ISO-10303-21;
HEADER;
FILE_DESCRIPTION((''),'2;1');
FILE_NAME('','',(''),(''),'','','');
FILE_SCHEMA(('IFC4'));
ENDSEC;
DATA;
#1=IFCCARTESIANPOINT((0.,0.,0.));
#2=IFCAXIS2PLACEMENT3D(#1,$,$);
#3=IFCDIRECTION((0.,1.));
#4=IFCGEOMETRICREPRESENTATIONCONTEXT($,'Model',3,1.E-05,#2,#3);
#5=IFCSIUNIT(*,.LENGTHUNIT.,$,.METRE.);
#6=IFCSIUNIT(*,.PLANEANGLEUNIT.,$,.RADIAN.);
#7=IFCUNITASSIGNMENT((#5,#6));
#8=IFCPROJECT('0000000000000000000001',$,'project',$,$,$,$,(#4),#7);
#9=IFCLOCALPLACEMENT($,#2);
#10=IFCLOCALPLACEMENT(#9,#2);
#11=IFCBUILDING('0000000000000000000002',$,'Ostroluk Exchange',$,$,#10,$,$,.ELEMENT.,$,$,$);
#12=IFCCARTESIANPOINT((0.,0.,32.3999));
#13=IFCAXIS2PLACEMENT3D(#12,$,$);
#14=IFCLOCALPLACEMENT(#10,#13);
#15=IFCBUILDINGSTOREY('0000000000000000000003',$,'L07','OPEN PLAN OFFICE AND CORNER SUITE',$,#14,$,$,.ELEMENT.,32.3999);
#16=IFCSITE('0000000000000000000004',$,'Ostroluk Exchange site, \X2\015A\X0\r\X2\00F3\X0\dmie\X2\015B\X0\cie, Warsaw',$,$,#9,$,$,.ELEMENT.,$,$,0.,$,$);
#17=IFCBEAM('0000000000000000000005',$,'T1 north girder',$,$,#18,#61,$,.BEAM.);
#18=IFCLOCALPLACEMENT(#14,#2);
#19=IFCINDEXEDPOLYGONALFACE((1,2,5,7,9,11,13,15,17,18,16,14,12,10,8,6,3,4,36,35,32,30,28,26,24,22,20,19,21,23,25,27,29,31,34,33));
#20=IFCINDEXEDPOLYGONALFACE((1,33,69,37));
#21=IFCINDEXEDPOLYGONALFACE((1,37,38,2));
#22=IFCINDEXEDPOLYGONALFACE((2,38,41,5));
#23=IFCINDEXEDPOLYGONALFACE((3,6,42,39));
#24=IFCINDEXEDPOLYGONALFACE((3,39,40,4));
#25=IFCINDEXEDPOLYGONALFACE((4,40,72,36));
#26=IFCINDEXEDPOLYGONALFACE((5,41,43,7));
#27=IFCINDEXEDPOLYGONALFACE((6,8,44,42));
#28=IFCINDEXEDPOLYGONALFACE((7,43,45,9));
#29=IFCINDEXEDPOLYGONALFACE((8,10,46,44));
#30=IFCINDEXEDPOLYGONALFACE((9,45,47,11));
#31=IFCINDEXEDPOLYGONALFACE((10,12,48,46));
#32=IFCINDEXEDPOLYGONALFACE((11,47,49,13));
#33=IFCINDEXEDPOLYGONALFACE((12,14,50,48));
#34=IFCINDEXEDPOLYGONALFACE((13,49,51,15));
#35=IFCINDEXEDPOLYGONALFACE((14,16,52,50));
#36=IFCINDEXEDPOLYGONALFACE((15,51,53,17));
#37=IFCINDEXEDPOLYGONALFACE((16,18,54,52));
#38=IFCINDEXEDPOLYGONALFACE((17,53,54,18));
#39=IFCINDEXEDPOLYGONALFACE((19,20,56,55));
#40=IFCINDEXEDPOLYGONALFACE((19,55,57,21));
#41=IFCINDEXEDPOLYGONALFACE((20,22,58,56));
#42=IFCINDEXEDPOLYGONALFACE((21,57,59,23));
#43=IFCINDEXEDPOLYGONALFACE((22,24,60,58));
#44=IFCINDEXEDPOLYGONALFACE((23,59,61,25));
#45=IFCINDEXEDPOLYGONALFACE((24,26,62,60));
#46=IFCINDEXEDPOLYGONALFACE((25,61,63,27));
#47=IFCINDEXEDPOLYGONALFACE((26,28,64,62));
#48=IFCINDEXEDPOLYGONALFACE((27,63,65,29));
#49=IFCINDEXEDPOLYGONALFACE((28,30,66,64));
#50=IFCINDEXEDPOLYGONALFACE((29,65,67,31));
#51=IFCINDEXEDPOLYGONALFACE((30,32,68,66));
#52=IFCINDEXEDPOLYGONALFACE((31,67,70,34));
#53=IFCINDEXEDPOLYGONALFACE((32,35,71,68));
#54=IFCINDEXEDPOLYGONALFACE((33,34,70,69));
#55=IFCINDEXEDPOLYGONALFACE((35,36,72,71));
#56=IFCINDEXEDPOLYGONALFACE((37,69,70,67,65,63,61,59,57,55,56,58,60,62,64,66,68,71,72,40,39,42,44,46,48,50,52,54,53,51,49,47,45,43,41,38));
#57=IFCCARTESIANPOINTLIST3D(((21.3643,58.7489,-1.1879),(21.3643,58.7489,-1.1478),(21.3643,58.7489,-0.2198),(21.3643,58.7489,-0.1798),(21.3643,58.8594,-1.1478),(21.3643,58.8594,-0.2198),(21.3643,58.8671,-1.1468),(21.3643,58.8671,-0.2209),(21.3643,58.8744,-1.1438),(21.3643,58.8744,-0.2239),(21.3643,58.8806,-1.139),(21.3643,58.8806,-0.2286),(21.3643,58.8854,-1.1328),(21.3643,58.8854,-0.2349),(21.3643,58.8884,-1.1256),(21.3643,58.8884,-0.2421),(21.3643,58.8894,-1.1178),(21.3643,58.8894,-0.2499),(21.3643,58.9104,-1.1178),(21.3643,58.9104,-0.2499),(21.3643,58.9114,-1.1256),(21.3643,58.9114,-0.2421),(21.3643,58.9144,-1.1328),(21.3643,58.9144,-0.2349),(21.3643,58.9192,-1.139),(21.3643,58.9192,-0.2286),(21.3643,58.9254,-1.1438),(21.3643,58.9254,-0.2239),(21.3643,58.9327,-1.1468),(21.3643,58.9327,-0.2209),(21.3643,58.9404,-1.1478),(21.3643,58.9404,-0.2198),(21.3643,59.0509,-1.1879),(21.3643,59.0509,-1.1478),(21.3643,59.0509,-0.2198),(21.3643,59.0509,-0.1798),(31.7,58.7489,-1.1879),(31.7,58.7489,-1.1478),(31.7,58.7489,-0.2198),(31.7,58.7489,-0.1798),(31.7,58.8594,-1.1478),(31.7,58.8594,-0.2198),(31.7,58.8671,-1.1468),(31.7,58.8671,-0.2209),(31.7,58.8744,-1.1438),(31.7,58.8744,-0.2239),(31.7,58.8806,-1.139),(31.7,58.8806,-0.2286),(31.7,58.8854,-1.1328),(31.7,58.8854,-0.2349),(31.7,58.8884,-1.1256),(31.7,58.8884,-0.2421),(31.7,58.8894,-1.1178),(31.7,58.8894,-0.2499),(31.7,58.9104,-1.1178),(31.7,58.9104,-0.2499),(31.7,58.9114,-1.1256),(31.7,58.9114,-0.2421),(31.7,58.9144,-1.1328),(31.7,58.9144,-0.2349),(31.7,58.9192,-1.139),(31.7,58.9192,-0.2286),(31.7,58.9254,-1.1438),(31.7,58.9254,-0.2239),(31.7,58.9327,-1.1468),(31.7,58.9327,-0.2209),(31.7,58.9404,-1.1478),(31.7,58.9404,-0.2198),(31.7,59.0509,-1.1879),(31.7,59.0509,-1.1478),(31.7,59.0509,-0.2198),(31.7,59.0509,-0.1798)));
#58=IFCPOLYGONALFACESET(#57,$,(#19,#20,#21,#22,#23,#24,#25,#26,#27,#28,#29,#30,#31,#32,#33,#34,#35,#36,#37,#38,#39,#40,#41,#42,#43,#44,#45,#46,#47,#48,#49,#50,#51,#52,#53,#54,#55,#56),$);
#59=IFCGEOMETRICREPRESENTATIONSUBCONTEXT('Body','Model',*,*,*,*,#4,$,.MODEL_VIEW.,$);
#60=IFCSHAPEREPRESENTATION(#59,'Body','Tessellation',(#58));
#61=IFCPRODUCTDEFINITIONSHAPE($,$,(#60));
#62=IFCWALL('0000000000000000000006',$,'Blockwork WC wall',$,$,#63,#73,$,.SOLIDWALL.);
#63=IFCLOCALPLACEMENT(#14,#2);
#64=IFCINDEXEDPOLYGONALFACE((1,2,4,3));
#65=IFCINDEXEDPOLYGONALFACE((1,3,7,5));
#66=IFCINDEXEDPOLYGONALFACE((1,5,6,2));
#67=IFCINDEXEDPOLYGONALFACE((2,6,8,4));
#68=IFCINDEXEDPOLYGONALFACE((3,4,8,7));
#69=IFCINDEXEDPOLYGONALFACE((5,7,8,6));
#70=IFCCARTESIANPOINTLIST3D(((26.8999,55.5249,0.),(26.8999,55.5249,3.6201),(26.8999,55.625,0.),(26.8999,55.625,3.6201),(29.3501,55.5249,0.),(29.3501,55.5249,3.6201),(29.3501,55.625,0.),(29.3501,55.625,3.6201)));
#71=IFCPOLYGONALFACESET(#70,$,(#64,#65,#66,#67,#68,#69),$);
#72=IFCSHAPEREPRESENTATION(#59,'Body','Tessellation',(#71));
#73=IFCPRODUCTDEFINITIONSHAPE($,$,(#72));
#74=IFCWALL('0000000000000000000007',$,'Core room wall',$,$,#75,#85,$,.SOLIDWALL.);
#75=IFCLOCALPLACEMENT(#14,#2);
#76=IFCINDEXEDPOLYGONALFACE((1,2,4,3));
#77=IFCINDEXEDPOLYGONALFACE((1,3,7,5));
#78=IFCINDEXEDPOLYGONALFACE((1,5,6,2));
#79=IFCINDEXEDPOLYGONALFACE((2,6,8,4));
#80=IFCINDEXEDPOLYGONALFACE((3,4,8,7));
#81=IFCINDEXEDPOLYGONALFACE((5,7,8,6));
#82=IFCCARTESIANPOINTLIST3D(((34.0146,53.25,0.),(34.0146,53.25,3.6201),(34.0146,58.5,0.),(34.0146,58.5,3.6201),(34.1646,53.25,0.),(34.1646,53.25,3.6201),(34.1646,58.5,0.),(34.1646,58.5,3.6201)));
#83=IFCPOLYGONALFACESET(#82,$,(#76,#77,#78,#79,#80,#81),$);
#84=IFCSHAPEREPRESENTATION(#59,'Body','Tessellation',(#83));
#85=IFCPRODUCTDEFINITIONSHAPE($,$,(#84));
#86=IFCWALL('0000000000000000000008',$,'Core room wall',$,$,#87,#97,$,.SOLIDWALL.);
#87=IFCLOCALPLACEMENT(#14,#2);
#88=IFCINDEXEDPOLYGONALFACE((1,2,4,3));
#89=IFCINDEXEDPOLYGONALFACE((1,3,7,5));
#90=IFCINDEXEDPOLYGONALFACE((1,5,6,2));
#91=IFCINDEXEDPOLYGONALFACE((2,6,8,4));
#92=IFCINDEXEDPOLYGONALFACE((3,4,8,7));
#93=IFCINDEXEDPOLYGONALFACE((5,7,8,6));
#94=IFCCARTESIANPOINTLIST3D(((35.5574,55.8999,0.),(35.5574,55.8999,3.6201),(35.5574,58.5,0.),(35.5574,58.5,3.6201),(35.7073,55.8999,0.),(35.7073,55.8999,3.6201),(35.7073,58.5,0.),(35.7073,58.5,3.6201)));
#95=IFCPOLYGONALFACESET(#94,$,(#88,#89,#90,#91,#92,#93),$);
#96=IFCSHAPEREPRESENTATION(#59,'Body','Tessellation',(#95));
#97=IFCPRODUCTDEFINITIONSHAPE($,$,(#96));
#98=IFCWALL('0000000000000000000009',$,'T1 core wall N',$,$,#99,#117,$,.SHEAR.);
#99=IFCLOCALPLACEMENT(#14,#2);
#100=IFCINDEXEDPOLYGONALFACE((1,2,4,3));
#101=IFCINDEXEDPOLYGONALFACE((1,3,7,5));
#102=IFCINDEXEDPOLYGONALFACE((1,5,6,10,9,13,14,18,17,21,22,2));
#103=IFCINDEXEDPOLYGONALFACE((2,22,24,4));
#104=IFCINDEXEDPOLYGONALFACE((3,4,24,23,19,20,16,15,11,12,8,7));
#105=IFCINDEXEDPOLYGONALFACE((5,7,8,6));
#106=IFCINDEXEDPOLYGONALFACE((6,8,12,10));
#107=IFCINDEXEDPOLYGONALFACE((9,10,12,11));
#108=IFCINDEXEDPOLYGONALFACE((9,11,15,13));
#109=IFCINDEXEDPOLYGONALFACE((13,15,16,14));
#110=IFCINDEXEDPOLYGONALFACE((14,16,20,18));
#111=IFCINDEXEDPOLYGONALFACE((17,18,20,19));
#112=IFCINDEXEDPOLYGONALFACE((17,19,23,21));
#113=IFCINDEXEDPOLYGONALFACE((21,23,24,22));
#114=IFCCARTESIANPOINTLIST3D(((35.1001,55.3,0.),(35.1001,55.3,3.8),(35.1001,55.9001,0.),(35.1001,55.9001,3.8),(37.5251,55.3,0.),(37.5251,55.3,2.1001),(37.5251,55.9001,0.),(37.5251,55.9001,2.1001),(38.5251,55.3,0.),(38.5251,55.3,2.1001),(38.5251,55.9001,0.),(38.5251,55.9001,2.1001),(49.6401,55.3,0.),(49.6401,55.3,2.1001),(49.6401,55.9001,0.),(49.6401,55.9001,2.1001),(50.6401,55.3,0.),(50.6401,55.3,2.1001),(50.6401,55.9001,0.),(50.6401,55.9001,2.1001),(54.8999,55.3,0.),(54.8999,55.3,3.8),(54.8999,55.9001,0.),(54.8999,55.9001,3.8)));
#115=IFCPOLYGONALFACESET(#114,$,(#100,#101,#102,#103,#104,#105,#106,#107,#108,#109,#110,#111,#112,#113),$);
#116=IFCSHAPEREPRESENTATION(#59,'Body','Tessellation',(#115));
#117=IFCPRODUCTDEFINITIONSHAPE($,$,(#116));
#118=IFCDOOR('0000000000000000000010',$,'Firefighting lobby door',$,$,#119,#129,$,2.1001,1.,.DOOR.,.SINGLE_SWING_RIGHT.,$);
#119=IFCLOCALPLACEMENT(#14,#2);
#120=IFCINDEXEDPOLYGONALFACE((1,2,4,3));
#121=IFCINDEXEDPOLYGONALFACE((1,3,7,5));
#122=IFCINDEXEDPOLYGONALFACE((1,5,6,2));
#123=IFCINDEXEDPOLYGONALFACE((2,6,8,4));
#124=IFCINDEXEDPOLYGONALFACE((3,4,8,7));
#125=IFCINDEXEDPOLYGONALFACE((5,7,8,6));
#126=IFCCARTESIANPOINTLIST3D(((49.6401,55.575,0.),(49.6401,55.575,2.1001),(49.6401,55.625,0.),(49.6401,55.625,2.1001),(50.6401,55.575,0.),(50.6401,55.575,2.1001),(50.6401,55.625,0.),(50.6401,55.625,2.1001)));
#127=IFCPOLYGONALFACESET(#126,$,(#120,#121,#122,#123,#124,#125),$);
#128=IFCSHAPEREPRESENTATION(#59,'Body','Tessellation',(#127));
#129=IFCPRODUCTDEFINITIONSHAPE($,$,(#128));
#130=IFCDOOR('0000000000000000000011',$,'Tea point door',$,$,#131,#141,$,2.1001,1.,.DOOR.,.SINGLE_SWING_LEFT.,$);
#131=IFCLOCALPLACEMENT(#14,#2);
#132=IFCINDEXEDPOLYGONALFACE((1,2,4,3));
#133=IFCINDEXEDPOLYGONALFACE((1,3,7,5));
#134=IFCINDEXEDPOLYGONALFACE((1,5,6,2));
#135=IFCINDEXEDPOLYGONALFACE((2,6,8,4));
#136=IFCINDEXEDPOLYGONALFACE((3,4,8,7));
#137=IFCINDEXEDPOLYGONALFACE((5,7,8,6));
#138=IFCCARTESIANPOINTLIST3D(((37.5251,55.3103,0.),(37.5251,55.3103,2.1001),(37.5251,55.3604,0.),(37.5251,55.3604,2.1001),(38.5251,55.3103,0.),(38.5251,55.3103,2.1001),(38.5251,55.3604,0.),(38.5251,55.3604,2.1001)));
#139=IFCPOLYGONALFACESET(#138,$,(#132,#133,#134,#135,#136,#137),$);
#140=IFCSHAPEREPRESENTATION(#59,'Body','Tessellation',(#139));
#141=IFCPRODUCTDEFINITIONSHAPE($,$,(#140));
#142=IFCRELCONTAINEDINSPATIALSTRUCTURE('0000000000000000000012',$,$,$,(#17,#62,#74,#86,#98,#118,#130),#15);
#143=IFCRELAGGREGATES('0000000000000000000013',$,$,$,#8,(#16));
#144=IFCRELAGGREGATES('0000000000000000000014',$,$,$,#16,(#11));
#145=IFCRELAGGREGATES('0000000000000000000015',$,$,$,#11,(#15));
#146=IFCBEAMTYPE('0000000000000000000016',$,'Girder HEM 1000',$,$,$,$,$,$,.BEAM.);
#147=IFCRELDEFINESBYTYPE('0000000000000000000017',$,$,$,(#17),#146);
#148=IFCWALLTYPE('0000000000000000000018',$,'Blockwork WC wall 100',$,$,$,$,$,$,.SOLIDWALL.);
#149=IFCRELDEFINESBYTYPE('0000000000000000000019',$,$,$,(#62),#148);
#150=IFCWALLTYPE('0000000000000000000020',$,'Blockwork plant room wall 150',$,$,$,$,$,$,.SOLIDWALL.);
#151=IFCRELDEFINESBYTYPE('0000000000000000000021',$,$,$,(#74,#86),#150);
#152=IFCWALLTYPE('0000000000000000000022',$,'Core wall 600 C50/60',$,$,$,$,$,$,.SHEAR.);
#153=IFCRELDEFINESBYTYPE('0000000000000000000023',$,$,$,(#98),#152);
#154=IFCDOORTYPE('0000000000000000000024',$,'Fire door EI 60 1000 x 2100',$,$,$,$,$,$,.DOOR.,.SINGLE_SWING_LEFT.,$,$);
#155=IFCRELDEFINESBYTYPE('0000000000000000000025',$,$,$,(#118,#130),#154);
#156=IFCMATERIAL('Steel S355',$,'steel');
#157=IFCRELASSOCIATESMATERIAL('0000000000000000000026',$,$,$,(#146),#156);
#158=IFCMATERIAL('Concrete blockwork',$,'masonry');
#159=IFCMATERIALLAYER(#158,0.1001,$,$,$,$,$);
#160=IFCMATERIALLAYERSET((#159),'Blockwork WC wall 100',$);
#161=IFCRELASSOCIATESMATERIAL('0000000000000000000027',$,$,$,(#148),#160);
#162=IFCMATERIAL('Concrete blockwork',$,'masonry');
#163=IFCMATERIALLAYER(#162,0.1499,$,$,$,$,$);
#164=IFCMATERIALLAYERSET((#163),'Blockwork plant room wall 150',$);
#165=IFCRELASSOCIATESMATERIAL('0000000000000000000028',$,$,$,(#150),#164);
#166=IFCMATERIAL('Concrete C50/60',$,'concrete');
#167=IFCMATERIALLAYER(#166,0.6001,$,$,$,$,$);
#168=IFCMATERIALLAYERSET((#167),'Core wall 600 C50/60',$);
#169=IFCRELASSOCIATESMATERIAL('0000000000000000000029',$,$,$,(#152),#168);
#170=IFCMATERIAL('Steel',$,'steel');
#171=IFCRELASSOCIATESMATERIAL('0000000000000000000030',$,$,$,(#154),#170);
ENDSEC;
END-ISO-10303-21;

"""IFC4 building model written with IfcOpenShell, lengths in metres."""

from ifc_helpers import new_model, si_unit, direction, frame, frame_2d, origin, origin_2d, place, context, subcontext, project, spatial, rectangle, i_section, extrude, material, layer, layer_set, material_profile, profile_set, type_object, element, fill, save


model = new_model("IFC4")

# Units and contexts
model_context = context("Model", 3, precision=1e-05, world=origin(), true_north=direction((0.0, 1.0)))
body_context = subcontext(model_context, "Body", "Model", "MODEL_VIEW")
ifc_project = project(units=[si_unit("LENGTHUNIT", "METRE"), si_unit("PLANEANGLEUNIT", "RADIAN")], contexts=[model_context])

# Site, building, storey
site_placement = place(None, origin())
site = spatial("IfcSite", under=ifc_project, at=site_placement, Name="Ostroluk Exchange site, Śródmieście, Warsaw", CompositionType="ELEMENT", RefElevation=0.0)
building_placement = place(site_placement, origin())
building = spatial("IfcBuilding", under=site, at=building_placement, Name="Ostroluk Exchange", CompositionType="ELEMENT")
storey_placement = place(building_placement, frame((0.0, 0.0, 32.3999)))
storey = spatial("IfcBuildingStorey", under=building, at=storey_placement, Name="L07", Description="OPEN PLAN OFFICE AND CORNER SUITE", CompositionType="ELEMENT", Elevation=32.3999)

# Beam
ifc_material_1 = material(Name="Steel S355", Category="steel")
ifc_material_profile_1 = material_profile(ifc_material_1, i_section(OverallWidth=0.302, OverallDepth=1.0081, WebThickness=0.021, FlangeThickness=0.04, FilletRadius=0.03, at=origin_2d()), Name="HEM 1000")
ifc_profile_set_1 = profile_set([ifc_material_profile_1], Name="Steel S355")
beam_type_1 = type_object("IfcBeamType", Name="Girder HEM 1000", PredefinedType="BEAM", material=ifc_profile_set_1)
beam_1_placement = place(storey_placement, frame((31.7, 58.8999, -0.6838), z_axis=(-1.0, 0.0, 0.0), x_axis=(0.0, -1.0, 0.0)))
element("IfcBeam", 1, at=beam_1_placement, inside=storey, type_object=beam_type_1, Name="T1 north girder", PredefinedType="BEAM", context=body_context, shape_type="SweptSolid", body=[
    extrude(i_section(OverallWidth=0.302, OverallDepth=1.0081, WebThickness=0.021, FlangeThickness=0.04, FilletRadius=0.03, at=origin_2d()), origin(), (0.0, 0.0, 1.0), 10.3357),
])

# Walls
ifc_material_2 = material(Name="Concrete blockwork", Category="masonry")
ifc_layer_1 = layer(ifc_material_2, 0.1001)
ifc_layer_set_1 = layer_set([ifc_layer_1], Name="Blockwork WC wall 100")
wall_type_1 = type_object("IfcWallType", Name="Blockwork WC wall 100", PredefinedType="SOLIDWALL", material=ifc_layer_set_1)
wall_1_placement = place(storey_placement, frame((29.3501, 55.575, 0.0), z_axis=(0.0, 0.0, 1.0), x_axis=(-1.0, 0.0, 0.0)))
element("IfcWall", 2, at=wall_1_placement, inside=storey, type_object=wall_type_1, Name="Blockwork WC wall", PredefinedType="SOLIDWALL", context=body_context, shape_type="SweptSolid", body=[
    extrude(rectangle(XDim=2.4502, YDim=0.1001, at=frame_2d((1.2251, 0.0))), origin(), (0.0, 0.0, 1.0), 3.6201),
])
ifc_material_3 = material(Name="Concrete blockwork", Category="masonry")
ifc_layer_2 = layer(ifc_material_3, 0.1499)
ifc_layer_set_2 = layer_set([ifc_layer_2], Name="Blockwork plant room wall 150")
wall_type_2 = type_object("IfcWallType", Name="Blockwork plant room wall 150", PredefinedType="SOLIDWALL", material=ifc_layer_set_2)
wall_2_placement = place(storey_placement, frame((34.0896, 53.25, 0.0), z_axis=(0.0, 0.0, 1.0), x_axis=(0.0, 1.0, 0.0)))
element("IfcWall", 3, at=wall_2_placement, inside=storey, type_object=wall_type_2, Name="Core room wall", PredefinedType="SOLIDWALL", context=body_context, shape_type="SweptSolid", body=[
    extrude(rectangle(XDim=5.25, YDim=0.1499, at=frame_2d((2.625, 0.0))), origin(), (0.0, 0.0, 1.0), 3.6201),
])
wall_3_placement = place(storey_placement, frame((35.6323, 55.8999, 0.0), z_axis=(0.0, 0.0, 1.0), x_axis=(0.0, 1.0, 0.0)))
element("IfcWall", 4, at=wall_3_placement, inside=storey, type_object=wall_type_2, Name="Core room wall", PredefinedType="SOLIDWALL", context=body_context, shape_type="SweptSolid", body=[
    extrude(rectangle(XDim=2.6001, YDim=0.1499, at=frame_2d((1.3, 0.0))), origin(), (0.0, 0.0, 1.0), 3.6201),
])

# Wall, openings, doors
ifc_material_4 = material(Name="Concrete C50/60", Category="concrete")
ifc_layer_3 = layer(ifc_material_4, 0.6001)
ifc_layer_set_3 = layer_set([ifc_layer_3], Name="Core wall 600 C50/60")
wall_type_3 = type_object("IfcWallType", Name="Core wall 600 C50/60", PredefinedType="SHEAR", material=ifc_layer_set_3)
wall_4_placement = place(storey_placement, frame((35.1001, 55.6001, 0.0), z_axis=(0.0, 0.0, 1.0), x_axis=(1.0, 0.0, 0.0)))
wall_4 = element("IfcWall", 5, at=wall_4_placement, inside=storey, type_object=wall_type_3, Name="T1 core wall N", PredefinedType="SHEAR", context=body_context, shape_type="SweptSolid", body=[
    extrude(rectangle(XDim=19.7998, YDim=0.6001, at=frame_2d((9.8999, 0.0))), origin(), (0.0, 0.0, 1.0), 3.8),
])
opening_1_placement = place(wall_4_placement, frame((14.54, 0.0, 0.0)))
opening_1 = element("IfcOpeningElement", 6, at=opening_1_placement, cuts=wall_4, PredefinedType="OPENING", context=body_context, shape_type="SweptSolid", body=[
    extrude(rectangle(XDim=1.0, YDim=2.1001, at=frame_2d((0.5, 1.05))), frame((0.0, 0.3101, 0.0), z_axis=(0.0, -1.0, 0.0), x_axis=(1.0, 0.0, 0.0)), (0.0, 0.0, 1.0), 0.6201),
])
opening_2_placement = place(wall_4_placement, frame((2.425, 0.0, 0.0)))
opening_2 = element("IfcOpeningElement", 7, at=opening_2_placement, cuts=wall_4, PredefinedType="OPENING", context=body_context, shape_type="SweptSolid", body=[
    extrude(rectangle(XDim=1.0, YDim=2.1001, at=frame_2d((0.5, 1.05))), frame((0.0, 0.3101, 0.0), z_axis=(0.0, -1.0, 0.0), x_axis=(1.0, 0.0, 0.0)), (0.0, 0.0, 1.0), 0.6201),
])
ifc_material_5 = material(Name="Steel", Category="steel")
door_type = type_object("IfcDoorType", Name="Fire door EI 60 1000 x 2100", OperationType="SINGLE_SWING_LEFT", PredefinedType="DOOR", material=ifc_material_5)
door_1_placement = place(opening_1_placement, origin())
door_1 = element("IfcDoor", 8, at=door_1_placement, inside=storey, type_object=door_type, Name="Firefighting lobby door", OperationType="SINGLE_SWING_RIGHT", OverallHeight=2.1001, OverallWidth=1.0, PredefinedType="DOOR", context=body_context, shape_type="SweptSolid", body=[
    extrude(rectangle(XDim=1.0, YDim=2.1001, at=frame_2d((0.5, 1.05))), frame((0.0, 0.0249, 0.0), z_axis=(0.0, -1.0, 0.0), x_axis=(1.0, 0.0, 0.0)), (0.0, 0.0, 1.0), 0.05),
])
fill(opening_1, door_1)
door_2_placement = place(opening_2_placement, origin())
door_2 = element("IfcDoor", 9, at=door_2_placement, inside=storey, type_object=door_type, Name="Tea point door", OperationType="SINGLE_SWING_LEFT", OverallHeight=2.1001, OverallWidth=1.0, PredefinedType="DOOR", context=body_context, shape_type="SweptSolid", body=[
    extrude(rectangle(XDim=1.0, YDim=2.1001, at=frame_2d((0.5, 1.05))), frame((0.0, -0.2397, 0.0), z_axis=(0.0, -1.0, 0.0), x_axis=(1.0, 0.0, 0.0)), (0.0, 0.0, 1.0), 0.05),
])
fill(opening_2, door_2)

save(model, "model.ifc")
